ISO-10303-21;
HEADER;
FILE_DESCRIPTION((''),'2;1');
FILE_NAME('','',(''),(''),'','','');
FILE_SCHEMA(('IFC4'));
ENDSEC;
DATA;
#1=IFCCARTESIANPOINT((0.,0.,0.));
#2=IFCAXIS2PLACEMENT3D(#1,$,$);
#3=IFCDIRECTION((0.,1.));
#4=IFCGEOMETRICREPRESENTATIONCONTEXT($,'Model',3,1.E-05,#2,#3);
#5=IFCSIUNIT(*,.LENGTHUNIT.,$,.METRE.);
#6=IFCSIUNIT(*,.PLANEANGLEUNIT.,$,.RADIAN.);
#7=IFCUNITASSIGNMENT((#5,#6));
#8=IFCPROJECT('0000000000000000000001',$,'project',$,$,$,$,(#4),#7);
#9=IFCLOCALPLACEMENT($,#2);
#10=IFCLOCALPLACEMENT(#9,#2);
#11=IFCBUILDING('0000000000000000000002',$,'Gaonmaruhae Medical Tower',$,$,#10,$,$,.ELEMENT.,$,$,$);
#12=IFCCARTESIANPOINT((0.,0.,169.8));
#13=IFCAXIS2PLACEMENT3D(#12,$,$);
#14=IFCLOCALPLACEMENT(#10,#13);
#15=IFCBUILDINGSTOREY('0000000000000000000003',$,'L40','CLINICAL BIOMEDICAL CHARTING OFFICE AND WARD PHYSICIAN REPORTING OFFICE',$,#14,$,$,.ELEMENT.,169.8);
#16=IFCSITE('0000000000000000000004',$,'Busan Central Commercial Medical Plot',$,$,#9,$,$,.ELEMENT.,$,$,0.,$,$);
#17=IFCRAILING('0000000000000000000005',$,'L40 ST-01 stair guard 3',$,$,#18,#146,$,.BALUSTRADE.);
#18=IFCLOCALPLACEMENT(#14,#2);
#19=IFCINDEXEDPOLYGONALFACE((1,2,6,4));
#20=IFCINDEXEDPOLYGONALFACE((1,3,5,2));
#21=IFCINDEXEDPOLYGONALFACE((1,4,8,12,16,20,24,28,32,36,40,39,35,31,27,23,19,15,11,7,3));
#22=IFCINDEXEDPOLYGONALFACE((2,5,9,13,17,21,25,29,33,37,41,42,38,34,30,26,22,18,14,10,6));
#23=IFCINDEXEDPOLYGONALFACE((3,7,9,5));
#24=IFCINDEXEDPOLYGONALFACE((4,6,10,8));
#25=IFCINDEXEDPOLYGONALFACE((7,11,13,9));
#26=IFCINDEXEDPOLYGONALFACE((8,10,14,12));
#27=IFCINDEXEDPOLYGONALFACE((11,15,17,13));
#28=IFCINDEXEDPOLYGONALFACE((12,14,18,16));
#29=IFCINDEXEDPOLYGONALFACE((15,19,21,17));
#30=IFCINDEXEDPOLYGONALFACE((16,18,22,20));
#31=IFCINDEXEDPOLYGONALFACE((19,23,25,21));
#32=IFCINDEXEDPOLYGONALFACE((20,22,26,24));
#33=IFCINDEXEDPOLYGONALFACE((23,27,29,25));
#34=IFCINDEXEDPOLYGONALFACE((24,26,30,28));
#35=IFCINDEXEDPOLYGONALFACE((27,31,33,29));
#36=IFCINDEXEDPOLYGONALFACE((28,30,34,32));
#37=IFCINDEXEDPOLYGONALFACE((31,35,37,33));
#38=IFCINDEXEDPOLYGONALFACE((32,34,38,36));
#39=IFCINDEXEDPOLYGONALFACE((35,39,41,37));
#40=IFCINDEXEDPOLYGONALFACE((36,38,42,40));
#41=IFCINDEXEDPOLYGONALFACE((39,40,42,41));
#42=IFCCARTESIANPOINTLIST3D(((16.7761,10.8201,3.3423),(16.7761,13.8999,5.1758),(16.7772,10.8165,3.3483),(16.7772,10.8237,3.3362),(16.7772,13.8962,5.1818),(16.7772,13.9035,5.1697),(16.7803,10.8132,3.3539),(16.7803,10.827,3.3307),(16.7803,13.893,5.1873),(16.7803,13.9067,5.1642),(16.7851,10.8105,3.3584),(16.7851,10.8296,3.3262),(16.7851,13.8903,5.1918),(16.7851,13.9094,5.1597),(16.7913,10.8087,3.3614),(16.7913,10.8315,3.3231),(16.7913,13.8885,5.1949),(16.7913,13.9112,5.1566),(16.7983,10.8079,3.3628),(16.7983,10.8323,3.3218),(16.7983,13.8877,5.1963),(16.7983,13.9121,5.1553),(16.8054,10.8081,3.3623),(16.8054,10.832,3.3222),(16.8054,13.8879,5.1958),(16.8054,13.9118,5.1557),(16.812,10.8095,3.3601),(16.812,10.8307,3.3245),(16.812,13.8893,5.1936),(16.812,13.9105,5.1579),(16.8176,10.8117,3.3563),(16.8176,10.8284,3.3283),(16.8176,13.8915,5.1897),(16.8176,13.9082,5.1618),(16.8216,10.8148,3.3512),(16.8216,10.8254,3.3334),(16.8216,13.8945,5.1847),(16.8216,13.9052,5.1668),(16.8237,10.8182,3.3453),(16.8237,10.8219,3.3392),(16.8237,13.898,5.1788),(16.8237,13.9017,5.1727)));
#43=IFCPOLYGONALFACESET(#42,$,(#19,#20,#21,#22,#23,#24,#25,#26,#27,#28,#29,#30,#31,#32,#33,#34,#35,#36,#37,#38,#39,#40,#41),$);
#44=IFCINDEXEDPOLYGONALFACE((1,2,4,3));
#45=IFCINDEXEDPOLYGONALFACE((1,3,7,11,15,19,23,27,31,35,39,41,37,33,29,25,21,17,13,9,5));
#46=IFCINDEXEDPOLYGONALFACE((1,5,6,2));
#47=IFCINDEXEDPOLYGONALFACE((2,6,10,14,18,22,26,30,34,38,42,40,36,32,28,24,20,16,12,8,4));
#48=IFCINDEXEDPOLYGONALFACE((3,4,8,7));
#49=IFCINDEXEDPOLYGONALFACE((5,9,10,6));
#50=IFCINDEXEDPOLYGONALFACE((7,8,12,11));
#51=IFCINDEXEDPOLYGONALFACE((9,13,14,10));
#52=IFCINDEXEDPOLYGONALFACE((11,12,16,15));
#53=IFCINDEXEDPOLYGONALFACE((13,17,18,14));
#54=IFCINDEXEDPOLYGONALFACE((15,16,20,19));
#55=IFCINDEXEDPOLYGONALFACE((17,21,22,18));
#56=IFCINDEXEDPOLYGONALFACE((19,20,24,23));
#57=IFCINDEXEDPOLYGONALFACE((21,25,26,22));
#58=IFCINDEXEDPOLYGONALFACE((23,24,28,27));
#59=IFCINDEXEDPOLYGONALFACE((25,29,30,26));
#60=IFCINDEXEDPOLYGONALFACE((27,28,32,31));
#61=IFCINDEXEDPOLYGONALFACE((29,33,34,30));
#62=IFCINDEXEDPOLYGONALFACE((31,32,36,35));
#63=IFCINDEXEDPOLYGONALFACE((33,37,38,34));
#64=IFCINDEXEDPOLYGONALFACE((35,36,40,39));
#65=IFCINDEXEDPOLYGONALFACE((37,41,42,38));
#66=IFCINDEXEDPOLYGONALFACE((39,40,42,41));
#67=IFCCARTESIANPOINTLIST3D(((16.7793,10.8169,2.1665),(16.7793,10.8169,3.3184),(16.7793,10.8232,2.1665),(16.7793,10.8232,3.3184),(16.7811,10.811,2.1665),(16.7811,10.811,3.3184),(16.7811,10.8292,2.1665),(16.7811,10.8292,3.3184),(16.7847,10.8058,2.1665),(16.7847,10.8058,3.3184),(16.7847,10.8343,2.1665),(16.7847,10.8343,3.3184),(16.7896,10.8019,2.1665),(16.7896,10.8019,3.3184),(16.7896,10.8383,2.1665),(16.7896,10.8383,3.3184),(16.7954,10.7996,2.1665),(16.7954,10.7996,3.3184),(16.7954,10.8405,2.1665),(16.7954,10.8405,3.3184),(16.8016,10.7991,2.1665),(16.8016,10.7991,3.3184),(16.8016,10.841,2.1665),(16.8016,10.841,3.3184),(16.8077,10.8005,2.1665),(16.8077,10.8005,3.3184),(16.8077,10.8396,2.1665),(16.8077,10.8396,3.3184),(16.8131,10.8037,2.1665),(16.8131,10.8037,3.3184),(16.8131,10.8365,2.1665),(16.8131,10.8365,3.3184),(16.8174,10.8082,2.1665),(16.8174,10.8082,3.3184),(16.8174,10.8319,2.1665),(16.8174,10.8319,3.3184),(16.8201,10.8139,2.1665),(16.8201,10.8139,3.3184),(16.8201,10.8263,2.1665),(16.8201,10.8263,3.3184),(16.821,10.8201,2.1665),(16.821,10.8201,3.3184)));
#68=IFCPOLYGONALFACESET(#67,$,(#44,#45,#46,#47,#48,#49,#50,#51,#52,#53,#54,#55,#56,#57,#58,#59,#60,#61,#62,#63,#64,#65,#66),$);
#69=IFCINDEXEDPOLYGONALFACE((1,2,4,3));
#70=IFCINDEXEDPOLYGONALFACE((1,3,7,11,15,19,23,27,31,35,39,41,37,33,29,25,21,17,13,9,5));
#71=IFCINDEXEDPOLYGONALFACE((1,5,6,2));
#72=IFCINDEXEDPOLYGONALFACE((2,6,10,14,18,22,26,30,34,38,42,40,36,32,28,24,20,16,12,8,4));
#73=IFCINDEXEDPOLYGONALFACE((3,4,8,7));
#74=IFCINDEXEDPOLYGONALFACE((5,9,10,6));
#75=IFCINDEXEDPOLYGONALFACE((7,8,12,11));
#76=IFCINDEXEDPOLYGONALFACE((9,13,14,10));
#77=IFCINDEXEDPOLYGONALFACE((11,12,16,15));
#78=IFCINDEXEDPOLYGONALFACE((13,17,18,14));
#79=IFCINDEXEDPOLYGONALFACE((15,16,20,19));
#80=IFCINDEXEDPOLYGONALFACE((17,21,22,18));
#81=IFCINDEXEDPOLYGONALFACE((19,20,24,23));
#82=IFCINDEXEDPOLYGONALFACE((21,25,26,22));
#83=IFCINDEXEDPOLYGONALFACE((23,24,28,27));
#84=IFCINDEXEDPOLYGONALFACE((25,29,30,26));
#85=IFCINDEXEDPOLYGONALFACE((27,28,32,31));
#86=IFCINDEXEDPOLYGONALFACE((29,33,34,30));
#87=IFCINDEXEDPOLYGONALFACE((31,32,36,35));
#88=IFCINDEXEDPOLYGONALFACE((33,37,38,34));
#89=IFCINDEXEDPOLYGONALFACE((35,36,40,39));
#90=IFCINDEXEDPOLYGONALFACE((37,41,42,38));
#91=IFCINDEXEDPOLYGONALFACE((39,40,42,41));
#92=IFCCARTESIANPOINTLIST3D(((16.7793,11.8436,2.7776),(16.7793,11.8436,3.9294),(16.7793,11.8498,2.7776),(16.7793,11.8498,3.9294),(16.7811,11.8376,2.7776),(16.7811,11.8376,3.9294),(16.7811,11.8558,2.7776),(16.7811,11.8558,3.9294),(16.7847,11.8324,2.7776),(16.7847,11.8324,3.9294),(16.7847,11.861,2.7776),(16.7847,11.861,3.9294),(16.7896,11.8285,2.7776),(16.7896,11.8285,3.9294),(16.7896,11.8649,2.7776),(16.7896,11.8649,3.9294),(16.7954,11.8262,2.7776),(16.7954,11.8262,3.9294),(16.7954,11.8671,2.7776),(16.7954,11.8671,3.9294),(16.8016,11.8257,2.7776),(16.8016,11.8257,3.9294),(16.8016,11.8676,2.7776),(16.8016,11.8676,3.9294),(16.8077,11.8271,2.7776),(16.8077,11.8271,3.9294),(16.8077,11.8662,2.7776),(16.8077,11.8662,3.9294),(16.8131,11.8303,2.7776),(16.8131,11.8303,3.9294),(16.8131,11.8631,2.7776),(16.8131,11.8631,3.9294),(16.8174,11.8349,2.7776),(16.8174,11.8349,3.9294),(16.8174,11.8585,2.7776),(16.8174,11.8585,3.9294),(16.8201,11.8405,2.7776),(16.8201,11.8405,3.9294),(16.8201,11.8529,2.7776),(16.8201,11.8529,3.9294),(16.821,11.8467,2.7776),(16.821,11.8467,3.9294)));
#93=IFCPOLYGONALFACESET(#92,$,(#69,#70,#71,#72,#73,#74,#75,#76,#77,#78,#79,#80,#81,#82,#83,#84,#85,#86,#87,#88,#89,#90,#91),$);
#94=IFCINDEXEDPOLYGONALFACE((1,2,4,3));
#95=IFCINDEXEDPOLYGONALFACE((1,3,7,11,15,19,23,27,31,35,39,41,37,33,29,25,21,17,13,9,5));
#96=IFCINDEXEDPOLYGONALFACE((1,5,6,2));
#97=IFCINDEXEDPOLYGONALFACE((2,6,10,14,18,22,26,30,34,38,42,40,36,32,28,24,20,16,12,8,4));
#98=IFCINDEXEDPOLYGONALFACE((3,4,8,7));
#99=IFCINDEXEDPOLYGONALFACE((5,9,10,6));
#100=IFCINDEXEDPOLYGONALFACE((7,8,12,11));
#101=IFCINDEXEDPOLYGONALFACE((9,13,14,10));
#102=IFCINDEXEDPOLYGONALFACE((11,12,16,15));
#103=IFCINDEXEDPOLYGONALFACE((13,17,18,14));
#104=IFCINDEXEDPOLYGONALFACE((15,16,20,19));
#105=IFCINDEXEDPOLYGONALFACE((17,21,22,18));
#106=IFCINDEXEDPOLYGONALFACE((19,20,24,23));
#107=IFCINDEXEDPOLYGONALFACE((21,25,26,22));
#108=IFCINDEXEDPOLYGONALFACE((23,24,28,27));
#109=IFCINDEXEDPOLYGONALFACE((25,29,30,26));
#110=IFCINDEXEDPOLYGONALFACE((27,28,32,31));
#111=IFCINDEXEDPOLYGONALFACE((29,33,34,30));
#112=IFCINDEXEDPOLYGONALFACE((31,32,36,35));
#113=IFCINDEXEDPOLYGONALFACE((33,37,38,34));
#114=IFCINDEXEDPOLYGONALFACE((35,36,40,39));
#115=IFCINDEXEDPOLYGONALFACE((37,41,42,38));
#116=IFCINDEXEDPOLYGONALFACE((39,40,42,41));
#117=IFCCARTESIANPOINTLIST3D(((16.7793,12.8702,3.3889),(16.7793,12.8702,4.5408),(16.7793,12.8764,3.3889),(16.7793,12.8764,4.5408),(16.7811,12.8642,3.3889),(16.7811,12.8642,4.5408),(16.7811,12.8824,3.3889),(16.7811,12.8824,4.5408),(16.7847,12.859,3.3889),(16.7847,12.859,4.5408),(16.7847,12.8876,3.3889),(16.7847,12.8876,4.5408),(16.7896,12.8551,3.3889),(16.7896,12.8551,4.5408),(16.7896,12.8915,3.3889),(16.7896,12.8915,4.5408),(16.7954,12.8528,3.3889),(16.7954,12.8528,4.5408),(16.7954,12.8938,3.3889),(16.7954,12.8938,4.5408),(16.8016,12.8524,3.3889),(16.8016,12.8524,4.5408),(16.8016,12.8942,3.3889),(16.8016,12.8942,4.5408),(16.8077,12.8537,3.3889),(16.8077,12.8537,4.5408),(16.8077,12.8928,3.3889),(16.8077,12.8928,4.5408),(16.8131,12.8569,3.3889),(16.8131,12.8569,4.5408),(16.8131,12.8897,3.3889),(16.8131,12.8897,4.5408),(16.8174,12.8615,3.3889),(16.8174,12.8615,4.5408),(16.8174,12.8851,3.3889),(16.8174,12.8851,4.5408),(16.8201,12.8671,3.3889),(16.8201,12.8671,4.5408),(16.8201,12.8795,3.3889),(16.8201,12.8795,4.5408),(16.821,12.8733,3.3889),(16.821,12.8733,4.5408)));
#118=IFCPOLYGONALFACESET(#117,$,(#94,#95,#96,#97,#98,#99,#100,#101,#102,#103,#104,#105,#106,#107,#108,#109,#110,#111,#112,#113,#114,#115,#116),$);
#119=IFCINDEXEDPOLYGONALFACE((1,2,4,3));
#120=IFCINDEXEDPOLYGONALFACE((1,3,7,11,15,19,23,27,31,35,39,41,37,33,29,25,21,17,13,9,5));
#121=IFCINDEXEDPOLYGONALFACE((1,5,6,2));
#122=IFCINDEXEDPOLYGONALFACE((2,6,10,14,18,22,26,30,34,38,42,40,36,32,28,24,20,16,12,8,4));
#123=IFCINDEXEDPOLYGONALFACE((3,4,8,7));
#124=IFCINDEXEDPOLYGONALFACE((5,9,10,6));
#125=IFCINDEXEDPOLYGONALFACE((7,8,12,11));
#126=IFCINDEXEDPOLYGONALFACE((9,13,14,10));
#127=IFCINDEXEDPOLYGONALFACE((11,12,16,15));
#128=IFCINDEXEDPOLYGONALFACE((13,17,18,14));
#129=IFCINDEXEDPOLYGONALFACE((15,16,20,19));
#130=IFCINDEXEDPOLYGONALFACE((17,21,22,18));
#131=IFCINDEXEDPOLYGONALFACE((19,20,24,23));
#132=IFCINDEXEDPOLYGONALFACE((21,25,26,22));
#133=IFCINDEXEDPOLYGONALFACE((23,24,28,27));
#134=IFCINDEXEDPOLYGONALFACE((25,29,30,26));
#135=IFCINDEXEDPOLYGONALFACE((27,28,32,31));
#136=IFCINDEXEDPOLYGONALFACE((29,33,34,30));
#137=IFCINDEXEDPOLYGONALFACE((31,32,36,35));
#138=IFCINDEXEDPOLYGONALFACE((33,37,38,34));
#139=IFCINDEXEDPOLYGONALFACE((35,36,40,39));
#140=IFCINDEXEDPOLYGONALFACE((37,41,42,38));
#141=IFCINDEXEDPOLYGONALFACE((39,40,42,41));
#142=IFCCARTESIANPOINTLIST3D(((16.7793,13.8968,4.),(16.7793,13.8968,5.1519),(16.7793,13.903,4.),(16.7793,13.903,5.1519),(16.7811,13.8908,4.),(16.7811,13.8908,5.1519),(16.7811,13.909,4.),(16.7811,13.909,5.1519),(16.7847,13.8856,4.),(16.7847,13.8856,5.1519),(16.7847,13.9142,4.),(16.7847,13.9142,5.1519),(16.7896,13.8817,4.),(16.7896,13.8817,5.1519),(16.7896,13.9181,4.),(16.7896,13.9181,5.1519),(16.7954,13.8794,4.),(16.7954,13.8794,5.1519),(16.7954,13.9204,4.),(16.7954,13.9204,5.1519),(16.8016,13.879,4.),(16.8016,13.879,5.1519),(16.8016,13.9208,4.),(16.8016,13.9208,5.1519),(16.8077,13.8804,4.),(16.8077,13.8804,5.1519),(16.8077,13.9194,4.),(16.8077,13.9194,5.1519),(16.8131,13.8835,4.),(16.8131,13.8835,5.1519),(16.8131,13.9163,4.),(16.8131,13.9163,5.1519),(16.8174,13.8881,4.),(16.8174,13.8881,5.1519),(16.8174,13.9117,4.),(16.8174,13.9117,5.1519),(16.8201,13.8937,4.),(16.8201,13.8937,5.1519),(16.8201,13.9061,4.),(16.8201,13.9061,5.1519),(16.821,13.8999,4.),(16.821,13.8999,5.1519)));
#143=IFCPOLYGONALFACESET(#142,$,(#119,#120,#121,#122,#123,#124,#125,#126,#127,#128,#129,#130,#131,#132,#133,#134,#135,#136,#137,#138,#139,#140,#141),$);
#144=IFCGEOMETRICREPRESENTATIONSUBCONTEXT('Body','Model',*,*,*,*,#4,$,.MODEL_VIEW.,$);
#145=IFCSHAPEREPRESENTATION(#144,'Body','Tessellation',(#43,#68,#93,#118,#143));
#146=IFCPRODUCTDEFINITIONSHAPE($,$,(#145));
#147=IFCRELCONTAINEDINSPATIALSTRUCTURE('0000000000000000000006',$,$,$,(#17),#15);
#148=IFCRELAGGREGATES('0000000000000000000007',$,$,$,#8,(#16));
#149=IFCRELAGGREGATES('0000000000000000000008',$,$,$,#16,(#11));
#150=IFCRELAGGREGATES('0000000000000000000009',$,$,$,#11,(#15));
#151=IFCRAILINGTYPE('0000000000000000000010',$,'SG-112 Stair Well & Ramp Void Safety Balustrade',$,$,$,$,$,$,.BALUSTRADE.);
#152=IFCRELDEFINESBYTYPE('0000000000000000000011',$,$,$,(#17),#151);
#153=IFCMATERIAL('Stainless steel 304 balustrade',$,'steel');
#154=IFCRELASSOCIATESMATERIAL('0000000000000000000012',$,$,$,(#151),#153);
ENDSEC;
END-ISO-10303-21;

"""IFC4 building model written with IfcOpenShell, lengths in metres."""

from ifc_helpers import new_model, si_unit, direction, frame, origin, origin_2d, place, context, subcontext, project, spatial, circle, extrude, material, type_object, element, save


model = new_model("IFC4")

# Units and contexts
model_context = context("Model", 3, precision=1e-05, world=origin(), true_north=direction((0.0, 1.0)))
body_context = subcontext(model_context, "Body", "Model", "MODEL_VIEW")
ifc_project = project(units=[si_unit("LENGTHUNIT", "METRE"), si_unit("PLANEANGLEUNIT", "RADIAN")], contexts=[model_context])

# Site, building, storey
site_placement = place(None, origin())
site = spatial("IfcSite", under=ifc_project, at=site_placement, Name="Busan Central Commercial Medical Plot", CompositionType="ELEMENT", RefElevation=0.0)
building_placement = place(site_placement, origin())
building = spatial("IfcBuilding", under=site, at=building_placement, Name="Gaonmaruhae Medical Tower", CompositionType="ELEMENT")
storey_placement = place(building_placement, frame((0.0, 0.0, 169.8)))
storey = spatial("IfcBuildingStorey", under=building, at=storey_placement, Name="L40", Description="CLINICAL BIOMEDICAL CHARTING OFFICE AND WARD PHYSICIAN REPORTING OFFICE", CompositionType="ELEMENT", Elevation=169.8)

# Railing
ifc_material_1 = material(Name="Stainless steel 304 balustrade", Category="steel")
railing_type_1 = type_object("IfcRailingType", Name="SG-112 Stair Well & Ramp Void Safety Balustrade", PredefinedType="BALUSTRADE", material=ifc_material_1)
railing_1_placement = place(storey_placement, frame((16.8, 10.8201, 2.1665)))
element("IfcRailing", 1, at=railing_1_placement, inside=storey, type_object=railing_type_1, Name="L40 ST-01 stair guard 3", PredefinedType="BALUSTRADE", context=body_context, shape_type="SweptSolid", body=[
    extrude(circle(Radius=0.0239, at=origin_2d()), frame((0.0, 0.0, 1.1758), z_axis=(0.0, 0.859261, 0.511538), x_axis=(-1.0, 0.0, 0.0)), (0.0, 0.0, 1.0), 3.5842),
    extrude(circle(Radius=0.021, at=origin_2d()), origin(), (0.0, 0.0, 1.0), 1.1519),
    extrude(circle(Radius=0.021, at=origin_2d()), frame((0.0, 1.0266, 0.6111)), (0.0, 0.0, 1.0), 1.1519),
    extrude(circle(Radius=0.021, at=origin_2d()), frame((0.0, 2.0532, 1.2224)), (0.0, 0.0, 1.0), 1.1519),
    extrude(circle(Radius=0.021, at=origin_2d()), frame((0.0, 3.0798, 1.8335)), (0.0, 0.0, 1.0), 1.1519),
])

save(model, "model.ifc")
